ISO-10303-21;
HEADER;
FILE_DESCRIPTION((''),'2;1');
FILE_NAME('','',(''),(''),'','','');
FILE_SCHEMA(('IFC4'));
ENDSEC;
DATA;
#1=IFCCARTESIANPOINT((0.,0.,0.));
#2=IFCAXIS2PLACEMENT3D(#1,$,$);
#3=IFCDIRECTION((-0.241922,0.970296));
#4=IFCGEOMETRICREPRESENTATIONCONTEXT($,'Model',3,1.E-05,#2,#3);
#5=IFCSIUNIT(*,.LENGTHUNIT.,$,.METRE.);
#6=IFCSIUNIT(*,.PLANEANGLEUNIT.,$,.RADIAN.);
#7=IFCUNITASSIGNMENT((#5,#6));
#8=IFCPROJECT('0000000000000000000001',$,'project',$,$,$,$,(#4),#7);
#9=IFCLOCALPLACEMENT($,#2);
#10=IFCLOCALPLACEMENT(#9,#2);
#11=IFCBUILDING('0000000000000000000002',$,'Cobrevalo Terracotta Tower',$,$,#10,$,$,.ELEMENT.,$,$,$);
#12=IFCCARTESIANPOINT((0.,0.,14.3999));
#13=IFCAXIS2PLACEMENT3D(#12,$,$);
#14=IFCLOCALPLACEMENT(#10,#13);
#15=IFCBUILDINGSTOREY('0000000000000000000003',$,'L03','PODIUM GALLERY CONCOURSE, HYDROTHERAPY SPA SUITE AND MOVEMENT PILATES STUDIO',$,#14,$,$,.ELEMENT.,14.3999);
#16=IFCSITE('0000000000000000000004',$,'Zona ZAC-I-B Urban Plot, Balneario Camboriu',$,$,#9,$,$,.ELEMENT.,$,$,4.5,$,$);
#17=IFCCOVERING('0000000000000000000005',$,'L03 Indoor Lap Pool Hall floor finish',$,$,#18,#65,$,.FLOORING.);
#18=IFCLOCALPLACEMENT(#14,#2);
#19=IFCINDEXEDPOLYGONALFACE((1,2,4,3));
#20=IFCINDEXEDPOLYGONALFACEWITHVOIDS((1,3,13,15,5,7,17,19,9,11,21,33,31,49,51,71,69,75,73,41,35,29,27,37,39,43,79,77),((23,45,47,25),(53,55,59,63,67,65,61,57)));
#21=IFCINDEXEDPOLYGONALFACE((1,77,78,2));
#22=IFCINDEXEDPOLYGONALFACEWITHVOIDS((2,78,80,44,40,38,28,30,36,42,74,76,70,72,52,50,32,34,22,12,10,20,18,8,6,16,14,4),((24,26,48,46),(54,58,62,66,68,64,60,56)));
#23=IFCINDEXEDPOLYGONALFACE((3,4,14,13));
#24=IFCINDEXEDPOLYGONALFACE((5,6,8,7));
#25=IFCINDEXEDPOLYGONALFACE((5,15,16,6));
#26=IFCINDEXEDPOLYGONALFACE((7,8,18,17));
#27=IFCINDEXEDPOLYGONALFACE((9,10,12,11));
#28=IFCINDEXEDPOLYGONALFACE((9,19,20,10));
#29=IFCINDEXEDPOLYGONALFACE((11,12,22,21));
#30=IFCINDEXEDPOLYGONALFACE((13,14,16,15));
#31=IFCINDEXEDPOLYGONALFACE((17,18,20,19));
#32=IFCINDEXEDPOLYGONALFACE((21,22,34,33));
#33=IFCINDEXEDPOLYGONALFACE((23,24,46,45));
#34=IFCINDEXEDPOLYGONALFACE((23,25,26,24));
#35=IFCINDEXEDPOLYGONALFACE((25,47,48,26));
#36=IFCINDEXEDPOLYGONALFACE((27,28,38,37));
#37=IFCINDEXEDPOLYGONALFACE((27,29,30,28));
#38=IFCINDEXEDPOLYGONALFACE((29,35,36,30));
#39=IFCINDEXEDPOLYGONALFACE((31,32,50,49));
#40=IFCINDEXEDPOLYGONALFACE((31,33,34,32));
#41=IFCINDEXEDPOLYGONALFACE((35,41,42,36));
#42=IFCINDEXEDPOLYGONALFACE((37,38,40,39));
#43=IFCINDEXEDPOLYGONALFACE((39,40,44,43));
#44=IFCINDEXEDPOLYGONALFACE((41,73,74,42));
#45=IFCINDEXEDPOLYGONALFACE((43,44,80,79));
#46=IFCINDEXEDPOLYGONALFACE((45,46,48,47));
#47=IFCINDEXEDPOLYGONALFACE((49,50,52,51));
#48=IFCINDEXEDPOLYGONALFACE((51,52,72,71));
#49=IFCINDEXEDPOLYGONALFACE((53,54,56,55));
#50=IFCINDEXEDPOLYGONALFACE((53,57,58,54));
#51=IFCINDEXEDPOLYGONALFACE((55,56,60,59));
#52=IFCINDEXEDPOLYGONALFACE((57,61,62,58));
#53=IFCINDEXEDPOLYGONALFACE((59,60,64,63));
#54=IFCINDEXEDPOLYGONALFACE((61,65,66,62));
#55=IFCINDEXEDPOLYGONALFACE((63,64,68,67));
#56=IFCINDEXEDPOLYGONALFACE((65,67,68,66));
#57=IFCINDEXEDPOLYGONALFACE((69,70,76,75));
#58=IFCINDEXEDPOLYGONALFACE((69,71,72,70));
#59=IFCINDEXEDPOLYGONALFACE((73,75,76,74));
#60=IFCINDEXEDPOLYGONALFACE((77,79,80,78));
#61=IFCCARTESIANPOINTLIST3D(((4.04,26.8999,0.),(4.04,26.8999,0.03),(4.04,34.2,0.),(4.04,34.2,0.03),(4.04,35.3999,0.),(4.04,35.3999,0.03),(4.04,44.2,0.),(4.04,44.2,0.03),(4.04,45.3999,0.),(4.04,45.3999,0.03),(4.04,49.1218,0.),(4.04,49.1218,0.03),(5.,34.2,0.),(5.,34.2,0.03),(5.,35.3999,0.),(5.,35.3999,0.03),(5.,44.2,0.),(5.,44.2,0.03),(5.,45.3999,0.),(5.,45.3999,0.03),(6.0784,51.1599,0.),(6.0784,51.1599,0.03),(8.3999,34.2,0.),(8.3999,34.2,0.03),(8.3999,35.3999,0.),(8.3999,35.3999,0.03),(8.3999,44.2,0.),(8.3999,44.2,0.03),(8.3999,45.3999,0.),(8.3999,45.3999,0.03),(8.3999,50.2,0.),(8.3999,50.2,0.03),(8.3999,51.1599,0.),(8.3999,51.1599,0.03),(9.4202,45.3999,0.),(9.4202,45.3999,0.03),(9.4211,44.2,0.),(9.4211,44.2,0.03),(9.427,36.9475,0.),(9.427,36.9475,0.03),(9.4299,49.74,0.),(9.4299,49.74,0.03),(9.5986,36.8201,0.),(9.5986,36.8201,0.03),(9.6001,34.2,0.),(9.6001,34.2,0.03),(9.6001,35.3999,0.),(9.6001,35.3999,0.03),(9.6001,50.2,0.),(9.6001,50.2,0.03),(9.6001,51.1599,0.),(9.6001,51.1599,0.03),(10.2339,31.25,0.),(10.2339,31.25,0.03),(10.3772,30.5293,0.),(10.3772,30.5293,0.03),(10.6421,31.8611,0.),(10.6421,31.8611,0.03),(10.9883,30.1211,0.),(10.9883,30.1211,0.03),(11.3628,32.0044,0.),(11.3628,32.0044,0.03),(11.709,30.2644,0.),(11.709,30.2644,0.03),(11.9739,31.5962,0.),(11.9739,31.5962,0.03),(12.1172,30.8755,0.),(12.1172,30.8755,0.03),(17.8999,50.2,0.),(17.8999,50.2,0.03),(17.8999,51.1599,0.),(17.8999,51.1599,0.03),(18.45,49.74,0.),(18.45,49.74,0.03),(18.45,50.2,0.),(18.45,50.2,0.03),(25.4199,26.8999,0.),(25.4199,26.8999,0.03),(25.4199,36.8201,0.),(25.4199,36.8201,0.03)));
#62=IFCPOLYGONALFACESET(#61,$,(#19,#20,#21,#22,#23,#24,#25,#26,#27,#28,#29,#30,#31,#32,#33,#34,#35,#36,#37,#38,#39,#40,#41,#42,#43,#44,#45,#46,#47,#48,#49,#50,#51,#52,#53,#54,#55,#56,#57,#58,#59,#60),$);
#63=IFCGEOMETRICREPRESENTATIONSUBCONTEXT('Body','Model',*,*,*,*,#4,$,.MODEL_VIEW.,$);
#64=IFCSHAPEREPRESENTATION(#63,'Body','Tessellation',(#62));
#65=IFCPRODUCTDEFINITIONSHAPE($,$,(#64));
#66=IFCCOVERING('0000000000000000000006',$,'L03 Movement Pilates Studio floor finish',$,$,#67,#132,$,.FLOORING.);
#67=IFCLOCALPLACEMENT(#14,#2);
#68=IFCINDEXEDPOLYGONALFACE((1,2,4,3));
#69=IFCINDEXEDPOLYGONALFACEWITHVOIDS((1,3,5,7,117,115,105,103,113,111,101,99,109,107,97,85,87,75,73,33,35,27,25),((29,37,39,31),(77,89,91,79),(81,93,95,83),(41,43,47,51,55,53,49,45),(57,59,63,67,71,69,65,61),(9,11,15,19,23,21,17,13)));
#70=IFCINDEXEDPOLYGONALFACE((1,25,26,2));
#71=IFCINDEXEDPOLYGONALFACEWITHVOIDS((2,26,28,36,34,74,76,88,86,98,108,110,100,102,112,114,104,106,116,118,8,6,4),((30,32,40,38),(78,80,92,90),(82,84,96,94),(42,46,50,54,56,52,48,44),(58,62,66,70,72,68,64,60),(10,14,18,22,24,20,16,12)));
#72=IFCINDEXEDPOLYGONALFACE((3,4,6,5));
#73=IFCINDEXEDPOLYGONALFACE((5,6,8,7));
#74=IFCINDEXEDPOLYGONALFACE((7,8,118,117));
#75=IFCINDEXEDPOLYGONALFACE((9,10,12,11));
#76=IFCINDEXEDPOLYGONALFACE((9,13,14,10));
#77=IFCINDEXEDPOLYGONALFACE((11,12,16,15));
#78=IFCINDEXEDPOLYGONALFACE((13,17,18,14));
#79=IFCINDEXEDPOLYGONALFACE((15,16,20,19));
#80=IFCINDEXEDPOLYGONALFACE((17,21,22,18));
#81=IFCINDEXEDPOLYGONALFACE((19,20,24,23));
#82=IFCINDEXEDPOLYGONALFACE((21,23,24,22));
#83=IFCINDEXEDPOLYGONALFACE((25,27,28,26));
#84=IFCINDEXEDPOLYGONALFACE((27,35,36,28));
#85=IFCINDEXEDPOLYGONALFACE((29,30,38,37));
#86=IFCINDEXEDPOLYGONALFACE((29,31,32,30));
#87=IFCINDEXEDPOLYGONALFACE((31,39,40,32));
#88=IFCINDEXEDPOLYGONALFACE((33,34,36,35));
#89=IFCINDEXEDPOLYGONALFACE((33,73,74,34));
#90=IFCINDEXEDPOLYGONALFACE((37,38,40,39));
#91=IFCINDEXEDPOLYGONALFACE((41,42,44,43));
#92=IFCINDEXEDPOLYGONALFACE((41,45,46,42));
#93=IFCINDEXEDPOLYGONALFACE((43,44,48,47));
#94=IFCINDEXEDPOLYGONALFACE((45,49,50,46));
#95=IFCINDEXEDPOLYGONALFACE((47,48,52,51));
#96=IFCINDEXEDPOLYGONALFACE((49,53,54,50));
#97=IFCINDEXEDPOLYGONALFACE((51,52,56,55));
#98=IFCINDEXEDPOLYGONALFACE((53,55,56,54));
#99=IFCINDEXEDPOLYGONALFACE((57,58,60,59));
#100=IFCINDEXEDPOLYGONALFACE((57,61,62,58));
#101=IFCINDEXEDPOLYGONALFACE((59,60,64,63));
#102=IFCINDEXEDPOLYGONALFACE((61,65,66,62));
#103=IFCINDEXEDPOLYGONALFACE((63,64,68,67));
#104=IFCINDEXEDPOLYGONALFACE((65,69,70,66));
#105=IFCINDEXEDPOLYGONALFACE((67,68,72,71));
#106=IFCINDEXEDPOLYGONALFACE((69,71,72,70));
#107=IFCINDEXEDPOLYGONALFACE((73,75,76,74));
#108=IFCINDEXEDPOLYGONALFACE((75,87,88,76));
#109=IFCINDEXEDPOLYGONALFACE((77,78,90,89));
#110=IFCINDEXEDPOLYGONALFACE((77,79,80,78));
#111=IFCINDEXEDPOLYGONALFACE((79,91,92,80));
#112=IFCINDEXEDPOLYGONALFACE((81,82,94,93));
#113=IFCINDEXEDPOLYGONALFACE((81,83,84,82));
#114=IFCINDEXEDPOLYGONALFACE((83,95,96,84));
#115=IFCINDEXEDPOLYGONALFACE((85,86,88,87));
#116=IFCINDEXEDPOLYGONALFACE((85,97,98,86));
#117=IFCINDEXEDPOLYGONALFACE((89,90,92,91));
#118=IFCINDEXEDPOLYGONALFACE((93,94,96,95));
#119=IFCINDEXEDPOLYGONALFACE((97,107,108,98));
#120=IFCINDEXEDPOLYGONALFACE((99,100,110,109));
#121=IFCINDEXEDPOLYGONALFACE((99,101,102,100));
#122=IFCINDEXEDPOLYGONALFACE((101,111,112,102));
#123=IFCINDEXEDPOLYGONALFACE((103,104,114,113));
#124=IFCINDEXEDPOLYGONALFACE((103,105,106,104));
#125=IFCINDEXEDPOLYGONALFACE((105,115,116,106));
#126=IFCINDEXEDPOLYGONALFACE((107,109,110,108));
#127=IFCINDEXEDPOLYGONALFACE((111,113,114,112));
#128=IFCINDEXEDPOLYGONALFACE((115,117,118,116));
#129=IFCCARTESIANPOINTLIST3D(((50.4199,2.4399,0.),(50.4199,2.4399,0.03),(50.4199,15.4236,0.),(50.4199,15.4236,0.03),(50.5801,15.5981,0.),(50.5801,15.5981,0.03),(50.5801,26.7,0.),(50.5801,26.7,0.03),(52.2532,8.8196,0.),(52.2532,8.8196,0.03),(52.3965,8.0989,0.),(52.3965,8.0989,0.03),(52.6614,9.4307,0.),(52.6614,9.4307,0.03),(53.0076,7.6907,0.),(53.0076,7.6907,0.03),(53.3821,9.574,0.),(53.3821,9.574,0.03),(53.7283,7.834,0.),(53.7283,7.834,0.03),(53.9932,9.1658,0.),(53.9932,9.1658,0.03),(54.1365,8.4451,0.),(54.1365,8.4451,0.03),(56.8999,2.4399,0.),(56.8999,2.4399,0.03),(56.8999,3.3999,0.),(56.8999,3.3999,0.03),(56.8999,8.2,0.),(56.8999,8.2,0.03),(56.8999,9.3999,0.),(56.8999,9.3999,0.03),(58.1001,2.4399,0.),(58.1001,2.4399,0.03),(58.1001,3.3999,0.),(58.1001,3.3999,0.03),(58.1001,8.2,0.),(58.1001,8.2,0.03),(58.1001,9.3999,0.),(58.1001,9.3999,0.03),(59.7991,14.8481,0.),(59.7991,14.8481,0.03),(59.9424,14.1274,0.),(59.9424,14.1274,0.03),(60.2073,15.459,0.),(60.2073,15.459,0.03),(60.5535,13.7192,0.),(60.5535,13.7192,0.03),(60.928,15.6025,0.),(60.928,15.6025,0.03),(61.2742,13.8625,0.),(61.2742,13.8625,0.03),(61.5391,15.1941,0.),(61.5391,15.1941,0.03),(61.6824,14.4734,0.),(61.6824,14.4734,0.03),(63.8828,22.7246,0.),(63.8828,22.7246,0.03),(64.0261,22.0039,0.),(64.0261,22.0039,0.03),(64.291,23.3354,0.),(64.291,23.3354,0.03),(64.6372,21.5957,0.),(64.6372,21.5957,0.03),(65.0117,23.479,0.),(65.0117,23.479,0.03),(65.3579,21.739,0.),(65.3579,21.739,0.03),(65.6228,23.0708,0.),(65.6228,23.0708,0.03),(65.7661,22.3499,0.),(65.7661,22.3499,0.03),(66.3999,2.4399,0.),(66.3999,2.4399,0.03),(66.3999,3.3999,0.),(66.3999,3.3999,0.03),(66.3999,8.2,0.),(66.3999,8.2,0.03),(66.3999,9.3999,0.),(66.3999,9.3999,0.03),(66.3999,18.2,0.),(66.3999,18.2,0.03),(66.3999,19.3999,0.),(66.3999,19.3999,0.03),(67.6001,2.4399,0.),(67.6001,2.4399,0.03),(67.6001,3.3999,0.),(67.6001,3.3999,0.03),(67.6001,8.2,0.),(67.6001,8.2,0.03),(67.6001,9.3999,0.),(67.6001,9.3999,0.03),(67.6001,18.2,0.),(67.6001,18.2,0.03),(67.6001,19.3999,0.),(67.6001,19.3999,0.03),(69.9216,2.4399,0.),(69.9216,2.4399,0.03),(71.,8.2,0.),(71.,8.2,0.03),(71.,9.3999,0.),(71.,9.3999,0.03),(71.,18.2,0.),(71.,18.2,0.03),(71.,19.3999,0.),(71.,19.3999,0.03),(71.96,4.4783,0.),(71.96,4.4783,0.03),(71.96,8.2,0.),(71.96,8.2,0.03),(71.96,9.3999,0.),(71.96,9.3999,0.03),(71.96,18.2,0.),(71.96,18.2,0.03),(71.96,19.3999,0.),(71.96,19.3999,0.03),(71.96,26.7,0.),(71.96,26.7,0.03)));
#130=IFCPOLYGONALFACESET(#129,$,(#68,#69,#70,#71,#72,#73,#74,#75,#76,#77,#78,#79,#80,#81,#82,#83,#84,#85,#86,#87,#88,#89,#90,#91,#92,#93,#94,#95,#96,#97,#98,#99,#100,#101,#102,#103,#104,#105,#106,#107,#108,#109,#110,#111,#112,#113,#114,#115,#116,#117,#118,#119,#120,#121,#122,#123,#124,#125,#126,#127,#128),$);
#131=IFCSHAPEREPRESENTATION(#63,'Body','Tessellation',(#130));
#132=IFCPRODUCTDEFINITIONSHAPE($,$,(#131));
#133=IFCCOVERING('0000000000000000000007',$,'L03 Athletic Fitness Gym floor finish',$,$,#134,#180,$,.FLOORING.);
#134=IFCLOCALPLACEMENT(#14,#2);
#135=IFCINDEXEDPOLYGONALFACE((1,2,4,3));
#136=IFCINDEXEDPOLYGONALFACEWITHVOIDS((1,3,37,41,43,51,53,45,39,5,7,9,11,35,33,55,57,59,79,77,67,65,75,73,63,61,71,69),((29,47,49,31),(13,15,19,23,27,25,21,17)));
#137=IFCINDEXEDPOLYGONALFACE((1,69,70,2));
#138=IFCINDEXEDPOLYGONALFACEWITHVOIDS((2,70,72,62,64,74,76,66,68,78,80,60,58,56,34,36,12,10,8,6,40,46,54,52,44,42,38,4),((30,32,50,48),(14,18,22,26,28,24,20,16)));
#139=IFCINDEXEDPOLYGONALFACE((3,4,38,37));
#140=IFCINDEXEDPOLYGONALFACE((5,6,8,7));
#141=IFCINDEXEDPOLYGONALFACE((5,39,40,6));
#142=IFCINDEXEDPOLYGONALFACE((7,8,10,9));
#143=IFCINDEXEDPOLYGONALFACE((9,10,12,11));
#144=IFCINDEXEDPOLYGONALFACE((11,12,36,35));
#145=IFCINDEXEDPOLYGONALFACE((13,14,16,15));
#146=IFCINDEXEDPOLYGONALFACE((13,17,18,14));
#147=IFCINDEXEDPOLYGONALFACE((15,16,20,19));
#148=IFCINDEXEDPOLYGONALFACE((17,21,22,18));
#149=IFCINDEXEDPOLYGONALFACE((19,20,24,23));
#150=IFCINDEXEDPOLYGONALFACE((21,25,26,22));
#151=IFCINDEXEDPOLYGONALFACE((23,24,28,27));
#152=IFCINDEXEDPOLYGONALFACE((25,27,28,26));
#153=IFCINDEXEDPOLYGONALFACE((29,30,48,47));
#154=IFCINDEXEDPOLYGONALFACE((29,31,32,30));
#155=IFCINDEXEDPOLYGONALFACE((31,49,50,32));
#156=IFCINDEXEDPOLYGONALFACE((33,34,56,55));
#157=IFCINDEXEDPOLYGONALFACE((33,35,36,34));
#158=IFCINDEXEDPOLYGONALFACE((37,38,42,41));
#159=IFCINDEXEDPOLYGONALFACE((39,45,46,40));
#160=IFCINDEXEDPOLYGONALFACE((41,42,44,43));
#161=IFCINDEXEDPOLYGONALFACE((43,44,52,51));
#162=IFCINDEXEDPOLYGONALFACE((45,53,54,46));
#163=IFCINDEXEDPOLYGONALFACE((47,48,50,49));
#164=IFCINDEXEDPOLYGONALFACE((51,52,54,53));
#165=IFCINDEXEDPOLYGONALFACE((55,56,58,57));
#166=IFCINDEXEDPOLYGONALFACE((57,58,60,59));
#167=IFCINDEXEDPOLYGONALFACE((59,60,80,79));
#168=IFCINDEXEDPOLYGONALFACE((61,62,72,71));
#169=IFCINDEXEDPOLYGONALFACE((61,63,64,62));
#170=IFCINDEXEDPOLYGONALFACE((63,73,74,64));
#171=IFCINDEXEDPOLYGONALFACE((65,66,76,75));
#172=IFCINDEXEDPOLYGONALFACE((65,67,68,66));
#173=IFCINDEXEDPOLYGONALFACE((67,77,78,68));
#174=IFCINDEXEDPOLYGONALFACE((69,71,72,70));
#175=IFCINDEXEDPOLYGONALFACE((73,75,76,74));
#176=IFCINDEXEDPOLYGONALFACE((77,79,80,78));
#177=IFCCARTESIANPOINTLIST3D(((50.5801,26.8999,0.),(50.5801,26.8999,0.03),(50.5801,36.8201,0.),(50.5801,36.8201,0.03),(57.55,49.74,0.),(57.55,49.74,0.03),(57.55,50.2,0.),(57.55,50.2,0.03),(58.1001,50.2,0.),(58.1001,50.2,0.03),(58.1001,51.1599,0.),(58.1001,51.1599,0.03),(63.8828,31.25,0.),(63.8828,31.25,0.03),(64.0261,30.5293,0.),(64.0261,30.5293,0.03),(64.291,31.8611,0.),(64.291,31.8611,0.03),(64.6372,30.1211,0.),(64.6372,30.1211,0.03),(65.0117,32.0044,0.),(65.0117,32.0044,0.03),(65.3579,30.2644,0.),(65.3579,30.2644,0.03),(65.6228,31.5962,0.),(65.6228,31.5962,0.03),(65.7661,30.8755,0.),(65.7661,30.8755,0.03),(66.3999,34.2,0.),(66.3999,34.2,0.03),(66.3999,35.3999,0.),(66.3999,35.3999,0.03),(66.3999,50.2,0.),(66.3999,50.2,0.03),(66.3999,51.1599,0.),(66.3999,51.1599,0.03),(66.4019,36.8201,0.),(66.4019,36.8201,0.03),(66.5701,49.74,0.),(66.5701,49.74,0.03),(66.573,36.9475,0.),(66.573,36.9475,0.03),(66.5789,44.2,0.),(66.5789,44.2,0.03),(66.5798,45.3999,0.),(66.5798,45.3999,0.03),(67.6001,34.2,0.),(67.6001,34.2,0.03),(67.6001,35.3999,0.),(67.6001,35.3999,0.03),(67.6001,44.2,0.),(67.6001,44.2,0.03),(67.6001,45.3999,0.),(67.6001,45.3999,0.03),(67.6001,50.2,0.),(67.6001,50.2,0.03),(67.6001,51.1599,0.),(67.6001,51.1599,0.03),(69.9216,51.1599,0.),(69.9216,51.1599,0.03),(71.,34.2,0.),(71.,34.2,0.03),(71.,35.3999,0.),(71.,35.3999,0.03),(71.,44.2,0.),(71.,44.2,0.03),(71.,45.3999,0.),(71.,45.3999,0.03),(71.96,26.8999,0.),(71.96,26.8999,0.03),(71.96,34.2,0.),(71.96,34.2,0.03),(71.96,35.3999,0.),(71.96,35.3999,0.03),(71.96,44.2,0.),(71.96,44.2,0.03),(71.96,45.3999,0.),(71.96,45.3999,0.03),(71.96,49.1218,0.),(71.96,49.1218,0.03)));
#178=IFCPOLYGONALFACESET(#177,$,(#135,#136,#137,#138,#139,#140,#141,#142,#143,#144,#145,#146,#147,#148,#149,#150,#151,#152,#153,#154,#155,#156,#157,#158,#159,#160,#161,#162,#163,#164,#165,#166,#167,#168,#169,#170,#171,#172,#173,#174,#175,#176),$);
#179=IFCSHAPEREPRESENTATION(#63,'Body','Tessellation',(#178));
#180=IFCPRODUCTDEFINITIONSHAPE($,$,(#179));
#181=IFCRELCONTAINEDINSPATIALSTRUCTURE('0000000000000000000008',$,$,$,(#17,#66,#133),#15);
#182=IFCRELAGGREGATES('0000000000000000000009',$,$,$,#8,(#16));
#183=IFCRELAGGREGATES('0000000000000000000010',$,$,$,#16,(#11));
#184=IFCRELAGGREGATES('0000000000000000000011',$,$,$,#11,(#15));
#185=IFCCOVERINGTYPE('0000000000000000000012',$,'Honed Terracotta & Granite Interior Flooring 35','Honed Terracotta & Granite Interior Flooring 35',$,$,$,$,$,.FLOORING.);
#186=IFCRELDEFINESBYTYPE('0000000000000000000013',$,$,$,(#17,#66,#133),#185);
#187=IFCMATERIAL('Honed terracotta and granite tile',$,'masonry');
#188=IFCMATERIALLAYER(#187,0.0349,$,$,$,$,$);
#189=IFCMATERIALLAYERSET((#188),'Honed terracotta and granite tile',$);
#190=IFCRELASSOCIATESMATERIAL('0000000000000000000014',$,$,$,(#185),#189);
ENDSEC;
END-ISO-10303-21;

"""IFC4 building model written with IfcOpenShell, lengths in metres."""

from ifc_helpers import new_model, si_unit, direction, frame, origin, place, context, subcontext, project, spatial, polyline, outline, extrude, material, layer, layer_set, type_object, element, save


model = new_model("IFC4")

# Units and contexts
model_context = context("Model", 3, precision=1e-05, world=origin(), true_north=direction((-0.241922, 0.970296)))
body_context = subcontext(model_context, "Body", "Model", "MODEL_VIEW")
ifc_project = project(units=[si_unit("LENGTHUNIT", "METRE"), si_unit("PLANEANGLEUNIT", "RADIAN")], contexts=[model_context])

# Site, building, storey
site_placement = place(None, origin())
site = spatial("IfcSite", under=ifc_project, at=site_placement, Name="Zona ZAC-I-B Urban Plot, Balneario Camboriu", CompositionType="ELEMENT", RefElevation=4.5)
building_placement = place(site_placement, origin())
building = spatial("IfcBuilding", under=site, at=building_placement, Name="Cobrevalo Terracotta Tower", CompositionType="ELEMENT")
storey_placement = place(building_placement, frame((0.0, 0.0, 14.3999)))
storey = spatial("IfcBuildingStorey", under=building, at=storey_placement, Name="L03", Description="PODIUM GALLERY CONCOURSE, HYDROTHERAPY SPA SUITE AND MOVEMENT PILATES STUDIO", CompositionType="ELEMENT", Elevation=14.3999)

# Coverings
ifc_material_1 = material(Name="Honed terracotta and granite tile", Category="masonry")
ifc_layer_1 = layer(ifc_material_1, 0.0349)
ifc_layer_set_1 = layer_set([ifc_layer_1], Name="Honed terracotta and granite tile")
covering_type_1 = type_object("IfcCoveringType", Name="Honed Terracotta & Granite Interior Flooring 35", Description="Honed Terracotta & Granite Interior Flooring 35", PredefinedType="FLOORING", material=ifc_layer_set_1)
covering_1_placement = place(storey_placement, origin())
element("IfcCovering", 1, at=covering_1_placement, inside=storey, type_object=covering_type_1, Name="L03 Indoor Lap Pool Hall floor finish", PredefinedType="FLOORING", context=body_context, shape_type="SweptSolid", body=[
    extrude(outline(polyline([(6.0784, 51.1599), (8.3999, 51.1599), (8.3999, 50.2), (9.6001, 50.2), (9.6001, 51.1599), (17.8999, 51.1599), (17.8999, 50.2), (18.45, 50.2), (18.45, 49.74), (9.4299, 49.74), (9.4202, 45.3999), (8.3999, 45.3999), (8.3999, 44.2), (9.4211, 44.2), (9.427, 36.9475), (9.5986, 36.8201), (25.4199, 36.8201), (25.4199, 26.8999), (4.04, 26.8999), (4.04, 34.2), (5.0, 34.2), (5.0, 35.3999), (4.04, 35.3999), (4.04, 44.2), (5.0, 44.2), (5.0, 45.3999), (4.04, 45.3999), (4.04, 49.1218), (6.0784, 51.1599)]), holes=[polyline([(11.709, 30.2644), (12.1172, 30.8755), (11.9739, 31.5962), (11.3628, 32.0044), (10.6421, 31.8611), (10.2339, 31.25), (10.3772, 30.5293), (10.9883, 30.1211), (11.709, 30.2644)]), polyline([(8.3999, 35.3999), (8.3999, 34.2), (9.6001, 34.2), (9.6001, 35.3999), (8.3999, 35.3999)])]), origin(), (0.0, 0.0, 1.0), 0.03),
])
covering_2_placement = place(storey_placement, origin())
element("IfcCovering", 2, at=covering_2_placement, inside=storey, type_object=covering_type_1, Name="L03 Movement Pilates Studio floor finish", PredefinedType="FLOORING", context=body_context, shape_type="SweptSolid", body=[
    extrude(outline(polyline([(69.9216, 2.4399), (67.6001, 2.4399), (67.6001, 3.3999), (66.3999, 3.3999), (66.3999, 2.4399), (58.1001, 2.4399), (58.1001, 3.3999), (56.8999, 3.3999), (56.8999, 2.4399), (50.4199, 2.4399), (50.4199, 15.4236), (50.5801, 15.5981), (50.5801, 26.7), (71.96, 26.7), (71.96, 19.3999), (71.0, 19.3999), (71.0, 18.2), (71.96, 18.2), (71.96, 9.3999), (71.0, 9.3999), (71.0, 8.2), (71.96, 8.2), (71.96, 4.4783), (69.9216, 2.4399)]), holes=[polyline([(66.3999, 9.3999), (66.3999, 8.2), (67.6001, 8.2), (67.6001, 9.3999), (66.3999, 9.3999)]), polyline([(66.3999, 19.3999), (66.3999, 18.2), (67.6001, 18.2), (67.6001, 19.3999), (66.3999, 19.3999)]), polyline([(65.3579, 21.739), (65.7661, 22.3499), (65.6228, 23.0708), (65.0117, 23.479), (64.291, 23.3354), (63.8828, 22.7246), (64.0261, 22.0039), (64.6372, 21.5957), (65.3579, 21.739)]), polyline([(61.2742, 13.8625), (61.6824, 14.4734), (61.5391, 15.1941), (60.928, 15.6025), (60.2073, 15.459), (59.7991, 14.8481), (59.9424, 14.1274), (60.5535, 13.7192), (61.2742, 13.8625)]), polyline([(56.8999, 9.3999), (56.8999, 8.2), (58.1001, 8.2), (58.1001, 9.3999), (56.8999, 9.3999)]), polyline([(53.7283, 7.834), (54.1365, 8.4451), (53.9932, 9.1658), (53.3821, 9.574), (52.6614, 9.4307), (52.2532, 8.8196), (52.3965, 8.0989), (53.0076, 7.6907), (53.7283, 7.834)])]), origin(), (0.0, 0.0, 1.0), 0.03),
])
covering_3_placement = place(storey_placement, origin())
element("IfcCovering", 3, at=covering_3_placement, inside=storey, type_object=covering_type_1, Name="L03 Athletic Fitness Gym floor finish", PredefinedType="FLOORING", context=body_context, shape_type="SweptSolid", body=[
    extrude(outline(polyline([(50.5801, 26.8999), (50.5801, 36.8201), (66.4019, 36.8201), (66.573, 36.9475), (66.5789, 44.2), (67.6001, 44.2), (67.6001, 45.3999), (66.5798, 45.3999), (66.5701, 49.74), (57.55, 49.74), (57.55, 50.2), (58.1001, 50.2), (58.1001, 51.1599), (66.3999, 51.1599), (66.3999, 50.2), (67.6001, 50.2), (67.6001, 51.1599), (69.9216, 51.1599), (71.96, 49.1218), (71.96, 45.3999), (71.0, 45.3999), (71.0, 44.2), (71.96, 44.2), (71.96, 35.3999), (71.0, 35.3999), (71.0, 34.2), (71.96, 34.2), (71.96, 26.8999), (50.5801, 26.8999)]), holes=[polyline([(66.3999, 34.2), (67.6001, 34.2), (67.6001, 35.3999), (66.3999, 35.3999), (66.3999, 34.2)]), polyline([(65.3579, 30.2644), (65.7661, 30.8755), (65.6228, 31.5962), (65.0117, 32.0044), (64.291, 31.8611), (63.8828, 31.25), (64.0261, 30.5293), (64.6372, 30.1211), (65.3579, 30.2644)])]), origin(), (0.0, 0.0, 1.0), 0.03),
])

save(model, "model.ifc")
